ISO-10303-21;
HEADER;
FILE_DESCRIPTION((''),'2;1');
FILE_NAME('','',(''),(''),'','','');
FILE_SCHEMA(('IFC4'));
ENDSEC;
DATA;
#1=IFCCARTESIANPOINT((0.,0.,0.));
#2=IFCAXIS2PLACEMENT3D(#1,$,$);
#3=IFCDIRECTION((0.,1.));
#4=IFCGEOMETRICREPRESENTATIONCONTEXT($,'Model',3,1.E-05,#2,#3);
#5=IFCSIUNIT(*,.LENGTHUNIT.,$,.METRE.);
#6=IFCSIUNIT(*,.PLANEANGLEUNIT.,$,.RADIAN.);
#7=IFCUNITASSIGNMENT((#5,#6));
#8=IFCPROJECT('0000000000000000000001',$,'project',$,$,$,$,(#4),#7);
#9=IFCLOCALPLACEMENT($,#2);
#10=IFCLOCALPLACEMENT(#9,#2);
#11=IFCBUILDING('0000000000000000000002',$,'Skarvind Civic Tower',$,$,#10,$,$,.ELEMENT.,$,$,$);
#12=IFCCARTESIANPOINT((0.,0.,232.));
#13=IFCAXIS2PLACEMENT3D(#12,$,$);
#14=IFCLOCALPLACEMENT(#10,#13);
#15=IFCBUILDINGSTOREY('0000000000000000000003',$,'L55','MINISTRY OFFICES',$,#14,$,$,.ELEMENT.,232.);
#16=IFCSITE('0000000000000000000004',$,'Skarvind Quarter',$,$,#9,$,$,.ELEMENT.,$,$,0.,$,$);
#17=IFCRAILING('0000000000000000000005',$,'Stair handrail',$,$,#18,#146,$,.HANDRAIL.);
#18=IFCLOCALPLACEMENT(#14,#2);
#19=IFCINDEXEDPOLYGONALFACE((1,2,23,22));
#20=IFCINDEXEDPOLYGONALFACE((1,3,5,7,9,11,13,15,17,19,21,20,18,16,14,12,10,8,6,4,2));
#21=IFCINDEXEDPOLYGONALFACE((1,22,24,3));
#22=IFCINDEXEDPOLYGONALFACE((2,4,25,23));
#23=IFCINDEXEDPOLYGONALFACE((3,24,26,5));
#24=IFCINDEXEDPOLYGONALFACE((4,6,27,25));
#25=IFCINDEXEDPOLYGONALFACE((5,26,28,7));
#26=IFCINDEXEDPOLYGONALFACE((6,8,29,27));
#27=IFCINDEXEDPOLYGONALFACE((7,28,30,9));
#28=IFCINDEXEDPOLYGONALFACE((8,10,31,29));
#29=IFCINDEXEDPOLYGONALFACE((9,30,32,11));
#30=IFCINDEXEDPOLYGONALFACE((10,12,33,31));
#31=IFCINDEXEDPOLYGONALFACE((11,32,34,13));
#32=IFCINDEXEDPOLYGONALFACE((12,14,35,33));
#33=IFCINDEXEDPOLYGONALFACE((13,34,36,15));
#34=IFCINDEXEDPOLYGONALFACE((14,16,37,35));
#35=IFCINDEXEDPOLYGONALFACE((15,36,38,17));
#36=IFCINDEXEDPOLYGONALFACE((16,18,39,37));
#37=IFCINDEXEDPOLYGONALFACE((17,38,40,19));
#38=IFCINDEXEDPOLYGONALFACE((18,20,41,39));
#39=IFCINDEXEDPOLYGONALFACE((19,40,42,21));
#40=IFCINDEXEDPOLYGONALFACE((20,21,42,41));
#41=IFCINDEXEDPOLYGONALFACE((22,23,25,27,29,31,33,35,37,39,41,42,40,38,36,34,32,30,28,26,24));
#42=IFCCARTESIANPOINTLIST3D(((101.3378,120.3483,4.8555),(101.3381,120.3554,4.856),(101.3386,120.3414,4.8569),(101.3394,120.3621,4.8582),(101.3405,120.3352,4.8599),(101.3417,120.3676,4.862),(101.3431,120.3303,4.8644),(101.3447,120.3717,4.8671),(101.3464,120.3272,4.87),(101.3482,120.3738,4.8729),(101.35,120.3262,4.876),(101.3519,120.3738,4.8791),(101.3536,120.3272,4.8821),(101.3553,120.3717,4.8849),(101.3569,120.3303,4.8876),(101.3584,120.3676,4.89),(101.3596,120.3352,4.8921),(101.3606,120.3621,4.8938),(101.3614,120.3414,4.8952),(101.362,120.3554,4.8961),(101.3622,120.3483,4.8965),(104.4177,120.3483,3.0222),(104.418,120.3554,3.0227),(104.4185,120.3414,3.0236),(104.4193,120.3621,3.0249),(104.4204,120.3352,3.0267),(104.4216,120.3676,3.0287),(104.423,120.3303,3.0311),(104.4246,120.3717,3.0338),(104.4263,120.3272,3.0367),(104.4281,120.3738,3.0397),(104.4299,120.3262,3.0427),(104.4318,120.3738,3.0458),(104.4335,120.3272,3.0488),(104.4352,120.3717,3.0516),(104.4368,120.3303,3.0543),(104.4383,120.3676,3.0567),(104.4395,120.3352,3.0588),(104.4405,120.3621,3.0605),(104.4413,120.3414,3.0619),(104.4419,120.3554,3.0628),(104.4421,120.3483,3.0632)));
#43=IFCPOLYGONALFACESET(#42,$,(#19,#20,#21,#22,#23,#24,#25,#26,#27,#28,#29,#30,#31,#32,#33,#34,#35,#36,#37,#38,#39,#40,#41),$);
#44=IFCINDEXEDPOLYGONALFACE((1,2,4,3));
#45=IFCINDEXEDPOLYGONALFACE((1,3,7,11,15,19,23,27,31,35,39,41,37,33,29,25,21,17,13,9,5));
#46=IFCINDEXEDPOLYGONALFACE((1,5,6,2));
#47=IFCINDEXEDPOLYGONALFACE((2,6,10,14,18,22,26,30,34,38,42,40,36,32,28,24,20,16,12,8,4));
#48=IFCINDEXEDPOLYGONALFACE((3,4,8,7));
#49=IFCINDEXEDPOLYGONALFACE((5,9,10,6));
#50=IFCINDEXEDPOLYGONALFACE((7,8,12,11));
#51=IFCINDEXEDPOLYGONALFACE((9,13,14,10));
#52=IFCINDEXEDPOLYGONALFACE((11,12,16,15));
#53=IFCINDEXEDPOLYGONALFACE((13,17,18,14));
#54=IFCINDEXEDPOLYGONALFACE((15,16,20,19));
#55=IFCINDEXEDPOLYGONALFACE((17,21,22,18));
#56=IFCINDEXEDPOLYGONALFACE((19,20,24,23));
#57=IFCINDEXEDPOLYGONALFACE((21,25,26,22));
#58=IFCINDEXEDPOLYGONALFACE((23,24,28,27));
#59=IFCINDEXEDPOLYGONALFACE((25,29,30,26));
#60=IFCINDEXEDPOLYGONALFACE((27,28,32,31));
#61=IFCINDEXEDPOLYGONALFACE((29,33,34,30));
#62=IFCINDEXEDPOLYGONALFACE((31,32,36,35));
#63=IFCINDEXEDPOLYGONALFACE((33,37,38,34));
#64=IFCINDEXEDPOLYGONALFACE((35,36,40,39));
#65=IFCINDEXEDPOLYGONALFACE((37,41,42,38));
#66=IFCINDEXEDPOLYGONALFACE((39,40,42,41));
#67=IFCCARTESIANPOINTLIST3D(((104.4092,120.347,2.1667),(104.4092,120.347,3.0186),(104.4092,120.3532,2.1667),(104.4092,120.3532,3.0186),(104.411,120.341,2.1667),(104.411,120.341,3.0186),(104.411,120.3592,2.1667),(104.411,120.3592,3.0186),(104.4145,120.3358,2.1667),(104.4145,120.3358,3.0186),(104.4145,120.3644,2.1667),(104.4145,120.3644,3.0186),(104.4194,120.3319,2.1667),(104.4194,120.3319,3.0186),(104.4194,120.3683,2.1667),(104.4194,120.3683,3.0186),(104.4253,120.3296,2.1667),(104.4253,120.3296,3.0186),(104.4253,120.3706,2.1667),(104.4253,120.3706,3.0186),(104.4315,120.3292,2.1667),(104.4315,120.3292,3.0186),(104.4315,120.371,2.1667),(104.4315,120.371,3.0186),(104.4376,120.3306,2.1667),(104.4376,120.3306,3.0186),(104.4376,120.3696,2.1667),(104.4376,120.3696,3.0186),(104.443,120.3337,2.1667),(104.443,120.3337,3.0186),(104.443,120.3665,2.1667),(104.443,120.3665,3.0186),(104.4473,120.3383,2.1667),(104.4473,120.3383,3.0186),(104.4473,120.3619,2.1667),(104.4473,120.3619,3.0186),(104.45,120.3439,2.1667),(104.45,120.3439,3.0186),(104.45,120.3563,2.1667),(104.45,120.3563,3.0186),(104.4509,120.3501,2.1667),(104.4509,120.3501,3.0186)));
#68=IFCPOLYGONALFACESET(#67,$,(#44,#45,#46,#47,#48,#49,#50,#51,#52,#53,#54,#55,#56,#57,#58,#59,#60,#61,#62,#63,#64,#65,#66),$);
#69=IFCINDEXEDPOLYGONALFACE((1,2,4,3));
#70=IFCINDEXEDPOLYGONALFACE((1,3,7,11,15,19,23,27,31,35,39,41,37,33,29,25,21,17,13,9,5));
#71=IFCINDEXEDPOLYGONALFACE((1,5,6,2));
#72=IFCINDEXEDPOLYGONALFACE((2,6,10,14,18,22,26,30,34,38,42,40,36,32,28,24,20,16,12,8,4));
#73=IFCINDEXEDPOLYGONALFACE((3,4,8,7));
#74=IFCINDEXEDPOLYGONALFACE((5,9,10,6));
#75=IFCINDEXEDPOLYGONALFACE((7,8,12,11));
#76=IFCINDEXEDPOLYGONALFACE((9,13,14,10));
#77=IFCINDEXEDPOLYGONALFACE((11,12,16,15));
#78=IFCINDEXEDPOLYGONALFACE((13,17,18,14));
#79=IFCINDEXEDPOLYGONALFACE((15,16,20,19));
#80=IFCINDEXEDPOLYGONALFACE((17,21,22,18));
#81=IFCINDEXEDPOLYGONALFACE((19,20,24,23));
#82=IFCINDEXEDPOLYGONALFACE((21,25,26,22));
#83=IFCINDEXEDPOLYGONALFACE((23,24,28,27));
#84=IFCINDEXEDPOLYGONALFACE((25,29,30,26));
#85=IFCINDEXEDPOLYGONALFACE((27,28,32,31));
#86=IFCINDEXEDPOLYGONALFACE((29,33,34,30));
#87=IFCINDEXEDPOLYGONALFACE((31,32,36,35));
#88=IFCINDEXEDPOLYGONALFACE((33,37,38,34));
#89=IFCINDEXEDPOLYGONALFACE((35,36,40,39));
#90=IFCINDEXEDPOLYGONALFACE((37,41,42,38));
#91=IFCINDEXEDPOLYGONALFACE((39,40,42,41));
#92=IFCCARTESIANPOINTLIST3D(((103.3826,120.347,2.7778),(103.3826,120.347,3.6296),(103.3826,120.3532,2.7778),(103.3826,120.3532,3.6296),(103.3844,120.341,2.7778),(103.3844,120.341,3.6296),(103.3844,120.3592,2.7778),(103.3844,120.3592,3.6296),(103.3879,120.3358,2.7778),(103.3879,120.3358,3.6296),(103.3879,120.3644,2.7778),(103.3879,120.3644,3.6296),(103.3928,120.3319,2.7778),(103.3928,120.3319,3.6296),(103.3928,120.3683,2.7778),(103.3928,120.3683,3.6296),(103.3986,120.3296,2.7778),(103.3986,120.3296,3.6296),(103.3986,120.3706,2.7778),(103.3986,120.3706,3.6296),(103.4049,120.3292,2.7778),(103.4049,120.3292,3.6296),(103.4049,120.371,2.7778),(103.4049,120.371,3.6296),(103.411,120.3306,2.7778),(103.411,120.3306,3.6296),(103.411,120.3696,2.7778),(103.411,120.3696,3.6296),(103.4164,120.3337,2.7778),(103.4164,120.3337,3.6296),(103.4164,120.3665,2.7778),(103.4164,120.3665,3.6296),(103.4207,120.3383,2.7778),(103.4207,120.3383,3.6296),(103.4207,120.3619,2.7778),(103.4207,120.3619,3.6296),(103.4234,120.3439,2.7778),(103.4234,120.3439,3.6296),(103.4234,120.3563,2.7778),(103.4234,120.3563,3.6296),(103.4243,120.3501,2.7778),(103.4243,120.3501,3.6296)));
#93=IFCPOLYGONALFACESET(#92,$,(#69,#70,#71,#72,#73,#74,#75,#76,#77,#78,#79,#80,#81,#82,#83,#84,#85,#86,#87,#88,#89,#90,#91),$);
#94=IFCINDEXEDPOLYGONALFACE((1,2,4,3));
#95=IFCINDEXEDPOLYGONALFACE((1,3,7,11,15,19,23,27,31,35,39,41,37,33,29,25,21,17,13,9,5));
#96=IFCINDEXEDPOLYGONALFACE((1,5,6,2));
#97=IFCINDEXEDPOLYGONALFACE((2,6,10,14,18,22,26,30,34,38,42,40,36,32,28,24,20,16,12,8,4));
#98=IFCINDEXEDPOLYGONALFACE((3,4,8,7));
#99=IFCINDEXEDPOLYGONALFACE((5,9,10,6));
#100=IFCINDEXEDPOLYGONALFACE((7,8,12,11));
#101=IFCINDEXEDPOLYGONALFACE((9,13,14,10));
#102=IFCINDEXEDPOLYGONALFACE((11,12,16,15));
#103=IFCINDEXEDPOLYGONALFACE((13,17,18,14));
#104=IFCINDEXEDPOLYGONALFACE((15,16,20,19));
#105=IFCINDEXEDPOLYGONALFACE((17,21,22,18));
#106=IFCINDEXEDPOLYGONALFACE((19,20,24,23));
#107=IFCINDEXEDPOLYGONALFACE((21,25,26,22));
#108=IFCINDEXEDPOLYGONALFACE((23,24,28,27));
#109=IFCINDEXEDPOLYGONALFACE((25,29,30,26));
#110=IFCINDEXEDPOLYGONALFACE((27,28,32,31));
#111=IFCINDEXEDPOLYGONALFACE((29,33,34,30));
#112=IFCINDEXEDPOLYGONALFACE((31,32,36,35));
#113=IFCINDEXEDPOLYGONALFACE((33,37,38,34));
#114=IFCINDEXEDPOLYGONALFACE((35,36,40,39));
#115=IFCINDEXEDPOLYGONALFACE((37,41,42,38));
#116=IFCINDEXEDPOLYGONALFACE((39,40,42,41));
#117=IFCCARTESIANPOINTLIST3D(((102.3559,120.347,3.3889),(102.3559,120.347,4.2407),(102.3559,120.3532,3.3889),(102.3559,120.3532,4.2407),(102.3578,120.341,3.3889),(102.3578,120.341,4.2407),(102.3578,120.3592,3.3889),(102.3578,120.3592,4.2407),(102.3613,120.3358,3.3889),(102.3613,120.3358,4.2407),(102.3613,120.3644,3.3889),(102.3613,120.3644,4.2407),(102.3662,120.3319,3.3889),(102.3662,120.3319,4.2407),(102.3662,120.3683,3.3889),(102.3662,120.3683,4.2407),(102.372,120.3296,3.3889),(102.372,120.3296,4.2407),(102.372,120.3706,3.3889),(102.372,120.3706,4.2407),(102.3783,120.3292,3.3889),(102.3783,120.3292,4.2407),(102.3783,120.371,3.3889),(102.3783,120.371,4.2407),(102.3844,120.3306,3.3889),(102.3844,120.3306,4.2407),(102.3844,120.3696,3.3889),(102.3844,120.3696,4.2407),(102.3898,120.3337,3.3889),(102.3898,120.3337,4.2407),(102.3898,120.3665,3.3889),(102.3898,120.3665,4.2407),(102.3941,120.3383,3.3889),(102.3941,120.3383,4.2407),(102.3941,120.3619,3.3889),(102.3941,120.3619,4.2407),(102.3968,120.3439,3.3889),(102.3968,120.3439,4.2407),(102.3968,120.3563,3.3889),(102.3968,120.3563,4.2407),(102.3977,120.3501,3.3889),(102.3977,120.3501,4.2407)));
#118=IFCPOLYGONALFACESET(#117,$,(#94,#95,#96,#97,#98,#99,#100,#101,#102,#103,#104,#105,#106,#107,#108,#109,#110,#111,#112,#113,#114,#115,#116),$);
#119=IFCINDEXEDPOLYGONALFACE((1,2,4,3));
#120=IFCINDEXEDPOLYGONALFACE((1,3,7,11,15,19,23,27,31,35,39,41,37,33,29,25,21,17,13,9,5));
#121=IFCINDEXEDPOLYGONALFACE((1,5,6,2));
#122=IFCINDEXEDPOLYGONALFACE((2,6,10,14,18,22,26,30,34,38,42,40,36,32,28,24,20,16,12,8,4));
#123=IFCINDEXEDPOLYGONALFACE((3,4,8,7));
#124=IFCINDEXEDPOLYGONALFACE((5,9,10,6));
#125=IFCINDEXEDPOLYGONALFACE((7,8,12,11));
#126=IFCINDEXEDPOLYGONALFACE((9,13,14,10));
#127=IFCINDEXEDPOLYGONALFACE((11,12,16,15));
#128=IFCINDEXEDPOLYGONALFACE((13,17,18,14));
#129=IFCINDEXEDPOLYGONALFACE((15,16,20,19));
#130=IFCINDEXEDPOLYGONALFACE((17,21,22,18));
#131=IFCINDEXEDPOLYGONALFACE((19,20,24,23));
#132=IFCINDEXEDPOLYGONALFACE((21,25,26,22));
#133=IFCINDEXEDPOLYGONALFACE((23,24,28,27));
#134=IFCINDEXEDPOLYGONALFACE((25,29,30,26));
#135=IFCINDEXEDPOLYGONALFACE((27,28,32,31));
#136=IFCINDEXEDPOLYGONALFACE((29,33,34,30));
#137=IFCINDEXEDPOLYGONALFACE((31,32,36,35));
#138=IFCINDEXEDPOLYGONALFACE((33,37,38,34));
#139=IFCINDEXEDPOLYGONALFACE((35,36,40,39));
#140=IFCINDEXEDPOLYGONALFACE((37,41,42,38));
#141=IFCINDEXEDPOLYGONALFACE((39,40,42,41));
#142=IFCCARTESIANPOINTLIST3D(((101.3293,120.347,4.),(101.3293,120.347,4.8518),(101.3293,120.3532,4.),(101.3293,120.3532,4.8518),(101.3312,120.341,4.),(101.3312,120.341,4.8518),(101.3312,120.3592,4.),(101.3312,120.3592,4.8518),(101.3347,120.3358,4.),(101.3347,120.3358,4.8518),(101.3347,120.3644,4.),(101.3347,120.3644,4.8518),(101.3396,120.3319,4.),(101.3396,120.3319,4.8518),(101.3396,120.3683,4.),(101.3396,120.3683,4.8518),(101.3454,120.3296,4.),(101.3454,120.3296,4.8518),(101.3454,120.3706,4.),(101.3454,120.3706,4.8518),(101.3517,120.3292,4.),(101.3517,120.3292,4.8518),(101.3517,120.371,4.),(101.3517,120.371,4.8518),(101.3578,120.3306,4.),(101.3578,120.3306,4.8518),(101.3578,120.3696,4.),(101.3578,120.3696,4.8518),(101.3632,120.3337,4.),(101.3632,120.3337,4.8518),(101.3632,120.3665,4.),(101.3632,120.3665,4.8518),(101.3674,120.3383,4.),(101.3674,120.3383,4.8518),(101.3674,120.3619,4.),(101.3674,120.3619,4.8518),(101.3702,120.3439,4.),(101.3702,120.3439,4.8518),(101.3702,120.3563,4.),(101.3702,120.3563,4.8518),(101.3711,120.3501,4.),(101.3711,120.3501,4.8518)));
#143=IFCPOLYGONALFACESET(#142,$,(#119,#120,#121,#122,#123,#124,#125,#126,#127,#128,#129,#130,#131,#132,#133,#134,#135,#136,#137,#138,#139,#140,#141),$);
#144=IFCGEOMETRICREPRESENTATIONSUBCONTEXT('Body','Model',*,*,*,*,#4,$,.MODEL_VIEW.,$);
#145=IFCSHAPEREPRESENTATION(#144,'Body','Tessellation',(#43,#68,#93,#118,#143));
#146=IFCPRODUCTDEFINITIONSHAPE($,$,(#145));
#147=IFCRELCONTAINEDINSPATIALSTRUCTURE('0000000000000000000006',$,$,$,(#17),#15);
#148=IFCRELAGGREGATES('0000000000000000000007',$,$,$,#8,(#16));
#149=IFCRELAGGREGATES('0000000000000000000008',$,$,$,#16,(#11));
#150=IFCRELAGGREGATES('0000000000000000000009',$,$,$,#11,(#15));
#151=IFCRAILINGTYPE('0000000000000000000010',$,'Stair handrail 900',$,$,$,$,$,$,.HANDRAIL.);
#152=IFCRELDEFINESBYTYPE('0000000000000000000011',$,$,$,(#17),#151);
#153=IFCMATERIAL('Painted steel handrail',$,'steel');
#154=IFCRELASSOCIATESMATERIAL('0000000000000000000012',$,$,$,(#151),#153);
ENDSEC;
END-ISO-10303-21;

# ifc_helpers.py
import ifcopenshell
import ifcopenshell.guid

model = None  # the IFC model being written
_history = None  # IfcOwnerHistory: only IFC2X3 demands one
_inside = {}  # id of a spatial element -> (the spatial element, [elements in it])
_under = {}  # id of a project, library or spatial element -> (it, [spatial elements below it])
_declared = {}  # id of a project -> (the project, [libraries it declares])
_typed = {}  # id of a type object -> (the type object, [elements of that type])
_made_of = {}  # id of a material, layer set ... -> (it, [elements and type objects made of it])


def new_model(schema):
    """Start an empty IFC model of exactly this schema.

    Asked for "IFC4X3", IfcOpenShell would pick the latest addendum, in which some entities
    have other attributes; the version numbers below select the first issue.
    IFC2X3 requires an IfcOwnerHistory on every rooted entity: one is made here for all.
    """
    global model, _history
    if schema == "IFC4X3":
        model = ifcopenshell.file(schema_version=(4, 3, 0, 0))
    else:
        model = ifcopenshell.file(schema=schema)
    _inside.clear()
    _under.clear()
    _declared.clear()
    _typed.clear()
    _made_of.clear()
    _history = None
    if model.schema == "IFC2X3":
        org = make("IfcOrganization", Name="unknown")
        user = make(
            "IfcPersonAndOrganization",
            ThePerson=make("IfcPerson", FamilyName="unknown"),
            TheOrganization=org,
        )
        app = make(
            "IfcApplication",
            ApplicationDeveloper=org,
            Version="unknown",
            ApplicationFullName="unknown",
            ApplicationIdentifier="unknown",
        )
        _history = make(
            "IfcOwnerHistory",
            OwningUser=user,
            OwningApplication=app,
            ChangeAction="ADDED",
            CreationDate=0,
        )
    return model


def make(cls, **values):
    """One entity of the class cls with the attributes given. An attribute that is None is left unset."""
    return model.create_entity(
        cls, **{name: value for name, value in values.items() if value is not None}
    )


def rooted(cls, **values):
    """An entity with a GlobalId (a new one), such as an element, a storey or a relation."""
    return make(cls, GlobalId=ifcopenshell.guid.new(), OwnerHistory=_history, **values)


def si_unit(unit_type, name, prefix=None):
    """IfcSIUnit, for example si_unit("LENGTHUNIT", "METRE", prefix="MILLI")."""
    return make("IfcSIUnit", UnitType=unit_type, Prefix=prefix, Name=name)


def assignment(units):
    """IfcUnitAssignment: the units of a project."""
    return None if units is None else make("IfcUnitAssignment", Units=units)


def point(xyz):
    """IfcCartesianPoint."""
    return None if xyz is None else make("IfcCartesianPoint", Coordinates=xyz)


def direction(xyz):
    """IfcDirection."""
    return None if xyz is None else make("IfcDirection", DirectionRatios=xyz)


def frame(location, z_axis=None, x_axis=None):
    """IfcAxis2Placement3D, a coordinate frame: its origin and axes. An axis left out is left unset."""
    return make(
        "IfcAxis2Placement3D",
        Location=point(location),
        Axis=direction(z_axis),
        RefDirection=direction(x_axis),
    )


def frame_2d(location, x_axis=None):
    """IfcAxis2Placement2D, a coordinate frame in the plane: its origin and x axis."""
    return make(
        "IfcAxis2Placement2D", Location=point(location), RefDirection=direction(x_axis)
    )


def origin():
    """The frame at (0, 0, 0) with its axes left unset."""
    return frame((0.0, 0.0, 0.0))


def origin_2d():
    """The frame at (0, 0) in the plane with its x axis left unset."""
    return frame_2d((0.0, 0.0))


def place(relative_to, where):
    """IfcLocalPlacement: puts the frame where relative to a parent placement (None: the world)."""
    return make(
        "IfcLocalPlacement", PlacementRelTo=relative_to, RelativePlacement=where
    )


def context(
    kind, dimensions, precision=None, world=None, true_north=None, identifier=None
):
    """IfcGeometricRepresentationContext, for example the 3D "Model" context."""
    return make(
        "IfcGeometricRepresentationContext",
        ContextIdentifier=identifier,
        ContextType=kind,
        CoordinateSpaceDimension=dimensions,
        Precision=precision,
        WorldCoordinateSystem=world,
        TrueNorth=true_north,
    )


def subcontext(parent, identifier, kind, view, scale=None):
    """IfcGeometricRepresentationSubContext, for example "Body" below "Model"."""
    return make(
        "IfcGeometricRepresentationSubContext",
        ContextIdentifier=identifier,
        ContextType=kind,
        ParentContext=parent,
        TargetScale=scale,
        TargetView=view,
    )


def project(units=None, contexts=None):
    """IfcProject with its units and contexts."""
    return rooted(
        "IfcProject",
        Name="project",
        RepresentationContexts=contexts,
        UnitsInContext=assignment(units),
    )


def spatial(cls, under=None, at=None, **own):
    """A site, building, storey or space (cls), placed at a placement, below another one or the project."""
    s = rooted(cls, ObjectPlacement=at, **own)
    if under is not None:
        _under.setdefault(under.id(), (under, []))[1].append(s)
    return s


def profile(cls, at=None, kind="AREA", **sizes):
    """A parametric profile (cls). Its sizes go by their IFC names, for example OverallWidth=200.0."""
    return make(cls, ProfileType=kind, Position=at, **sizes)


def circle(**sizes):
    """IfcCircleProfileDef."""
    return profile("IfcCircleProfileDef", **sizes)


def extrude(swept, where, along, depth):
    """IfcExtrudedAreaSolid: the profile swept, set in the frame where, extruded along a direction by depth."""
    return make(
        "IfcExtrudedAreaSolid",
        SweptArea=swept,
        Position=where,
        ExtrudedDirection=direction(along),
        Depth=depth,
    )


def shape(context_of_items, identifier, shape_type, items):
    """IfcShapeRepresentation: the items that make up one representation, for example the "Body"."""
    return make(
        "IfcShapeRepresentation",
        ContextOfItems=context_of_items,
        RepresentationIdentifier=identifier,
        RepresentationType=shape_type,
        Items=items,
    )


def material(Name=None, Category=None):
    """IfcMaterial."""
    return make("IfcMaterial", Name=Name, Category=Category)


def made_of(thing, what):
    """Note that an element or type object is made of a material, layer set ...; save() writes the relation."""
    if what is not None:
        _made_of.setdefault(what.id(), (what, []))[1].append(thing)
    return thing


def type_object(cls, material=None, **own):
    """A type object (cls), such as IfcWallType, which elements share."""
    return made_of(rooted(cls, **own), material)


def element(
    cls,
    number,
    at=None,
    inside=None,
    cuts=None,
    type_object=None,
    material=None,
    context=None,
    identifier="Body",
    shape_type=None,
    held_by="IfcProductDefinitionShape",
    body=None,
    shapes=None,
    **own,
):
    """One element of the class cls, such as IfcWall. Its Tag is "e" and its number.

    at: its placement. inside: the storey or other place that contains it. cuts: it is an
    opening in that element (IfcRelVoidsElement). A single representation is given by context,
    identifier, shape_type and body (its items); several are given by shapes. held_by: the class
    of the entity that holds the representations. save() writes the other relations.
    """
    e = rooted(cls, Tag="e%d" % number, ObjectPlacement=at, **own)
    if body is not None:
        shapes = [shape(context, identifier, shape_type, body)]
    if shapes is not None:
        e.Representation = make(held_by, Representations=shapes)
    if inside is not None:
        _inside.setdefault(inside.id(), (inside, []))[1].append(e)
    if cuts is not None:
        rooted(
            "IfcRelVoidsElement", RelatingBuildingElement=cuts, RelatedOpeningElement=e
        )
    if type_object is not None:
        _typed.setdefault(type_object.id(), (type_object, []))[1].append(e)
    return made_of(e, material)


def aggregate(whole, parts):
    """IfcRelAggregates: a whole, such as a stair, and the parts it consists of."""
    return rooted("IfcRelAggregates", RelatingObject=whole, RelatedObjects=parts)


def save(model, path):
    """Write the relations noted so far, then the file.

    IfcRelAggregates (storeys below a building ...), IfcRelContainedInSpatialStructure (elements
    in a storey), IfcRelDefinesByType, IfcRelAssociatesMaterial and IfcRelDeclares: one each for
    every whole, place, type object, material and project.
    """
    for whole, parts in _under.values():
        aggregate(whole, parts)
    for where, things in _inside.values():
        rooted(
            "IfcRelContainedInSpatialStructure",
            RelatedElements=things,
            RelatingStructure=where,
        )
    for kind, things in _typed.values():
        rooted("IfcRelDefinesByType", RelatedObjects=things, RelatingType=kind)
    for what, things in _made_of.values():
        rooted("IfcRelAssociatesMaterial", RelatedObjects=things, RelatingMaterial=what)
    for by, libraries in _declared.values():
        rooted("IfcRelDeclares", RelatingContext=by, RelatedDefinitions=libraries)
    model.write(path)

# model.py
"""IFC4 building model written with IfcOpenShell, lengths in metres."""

from ifc_helpers import new_model, si_unit, direction, frame, origin, origin_2d, place, context, subcontext, project, spatial, circle, extrude, material, type_object, element, save


model = new_model("IFC4")

# Units and contexts
model_context = context("Model", 3, precision=1e-05, world=origin(), true_north=direction((0.0, 1.0)))
body_context = subcontext(model_context, "Body", "Model", "MODEL_VIEW")
ifc_project = project(units=[si_unit("LENGTHUNIT", "METRE"), si_unit("PLANEANGLEUNIT", "RADIAN")], contexts=[model_context])

# Site, building, storey
site_placement = place(None, origin())
site = spatial("IfcSite", under=ifc_project, at=site_placement, Name="Skarvind Quarter", CompositionType="ELEMENT", RefElevation=0.0)
building_placement = place(site_placement, origin())
building = spatial("IfcBuilding", under=site, at=building_placement, Name="Skarvind Civic Tower", CompositionType="ELEMENT")
storey_placement = place(building_placement, frame((0.0, 0.0, 232.0)))
storey = spatial("IfcBuildingStorey", under=building, at=storey_placement, Name="L55", Description="MINISTRY OFFICES", CompositionType="ELEMENT", Elevation=232.0)

# Railing
ifc_material_1 = material(Name="Painted steel handrail", Category="steel")
railing_type = type_object("IfcRailingType", Name="Stair handrail 900", PredefinedType="HANDRAIL", material=ifc_material_1)
railing_1_placement = place(storey_placement, frame((104.4299, 120.3501, 2.1667)))
element("IfcRailing", 1, at=railing_1_placement, inside=storey, type_object=railing_type, Name="Stair handrail", PredefinedType="HANDRAIL", context=body_context, shape_type="SweptSolid", body=[
    extrude(circle(Radius=0.0239, at=origin_2d()), frame((0.0, 0.0, 0.876), z_axis=(-0.859291, 0.0, 0.511487), x_axis=(0.0, -1.0, 0.0)), (0.0, 0.0, 1.0), 3.5842),
    extrude(circle(Radius=0.021, at=origin_2d()), origin(), (0.0, 0.0, 1.0), 0.8518),
    extrude(circle(Radius=0.021, at=origin_2d()), frame((-1.0266, 0.0, 0.6111)), (0.0, 0.0, 1.0), 0.8518),
    extrude(circle(Radius=0.021, at=origin_2d()), frame((-2.0532, 0.0, 1.2222)), (0.0, 0.0, 1.0), 0.8518),
    extrude(circle(Radius=0.021, at=origin_2d()), frame((-3.0798, 0.0, 1.8333)), (0.0, 0.0, 1.0), 0.8518),
])

save(model, "model.ifc")
